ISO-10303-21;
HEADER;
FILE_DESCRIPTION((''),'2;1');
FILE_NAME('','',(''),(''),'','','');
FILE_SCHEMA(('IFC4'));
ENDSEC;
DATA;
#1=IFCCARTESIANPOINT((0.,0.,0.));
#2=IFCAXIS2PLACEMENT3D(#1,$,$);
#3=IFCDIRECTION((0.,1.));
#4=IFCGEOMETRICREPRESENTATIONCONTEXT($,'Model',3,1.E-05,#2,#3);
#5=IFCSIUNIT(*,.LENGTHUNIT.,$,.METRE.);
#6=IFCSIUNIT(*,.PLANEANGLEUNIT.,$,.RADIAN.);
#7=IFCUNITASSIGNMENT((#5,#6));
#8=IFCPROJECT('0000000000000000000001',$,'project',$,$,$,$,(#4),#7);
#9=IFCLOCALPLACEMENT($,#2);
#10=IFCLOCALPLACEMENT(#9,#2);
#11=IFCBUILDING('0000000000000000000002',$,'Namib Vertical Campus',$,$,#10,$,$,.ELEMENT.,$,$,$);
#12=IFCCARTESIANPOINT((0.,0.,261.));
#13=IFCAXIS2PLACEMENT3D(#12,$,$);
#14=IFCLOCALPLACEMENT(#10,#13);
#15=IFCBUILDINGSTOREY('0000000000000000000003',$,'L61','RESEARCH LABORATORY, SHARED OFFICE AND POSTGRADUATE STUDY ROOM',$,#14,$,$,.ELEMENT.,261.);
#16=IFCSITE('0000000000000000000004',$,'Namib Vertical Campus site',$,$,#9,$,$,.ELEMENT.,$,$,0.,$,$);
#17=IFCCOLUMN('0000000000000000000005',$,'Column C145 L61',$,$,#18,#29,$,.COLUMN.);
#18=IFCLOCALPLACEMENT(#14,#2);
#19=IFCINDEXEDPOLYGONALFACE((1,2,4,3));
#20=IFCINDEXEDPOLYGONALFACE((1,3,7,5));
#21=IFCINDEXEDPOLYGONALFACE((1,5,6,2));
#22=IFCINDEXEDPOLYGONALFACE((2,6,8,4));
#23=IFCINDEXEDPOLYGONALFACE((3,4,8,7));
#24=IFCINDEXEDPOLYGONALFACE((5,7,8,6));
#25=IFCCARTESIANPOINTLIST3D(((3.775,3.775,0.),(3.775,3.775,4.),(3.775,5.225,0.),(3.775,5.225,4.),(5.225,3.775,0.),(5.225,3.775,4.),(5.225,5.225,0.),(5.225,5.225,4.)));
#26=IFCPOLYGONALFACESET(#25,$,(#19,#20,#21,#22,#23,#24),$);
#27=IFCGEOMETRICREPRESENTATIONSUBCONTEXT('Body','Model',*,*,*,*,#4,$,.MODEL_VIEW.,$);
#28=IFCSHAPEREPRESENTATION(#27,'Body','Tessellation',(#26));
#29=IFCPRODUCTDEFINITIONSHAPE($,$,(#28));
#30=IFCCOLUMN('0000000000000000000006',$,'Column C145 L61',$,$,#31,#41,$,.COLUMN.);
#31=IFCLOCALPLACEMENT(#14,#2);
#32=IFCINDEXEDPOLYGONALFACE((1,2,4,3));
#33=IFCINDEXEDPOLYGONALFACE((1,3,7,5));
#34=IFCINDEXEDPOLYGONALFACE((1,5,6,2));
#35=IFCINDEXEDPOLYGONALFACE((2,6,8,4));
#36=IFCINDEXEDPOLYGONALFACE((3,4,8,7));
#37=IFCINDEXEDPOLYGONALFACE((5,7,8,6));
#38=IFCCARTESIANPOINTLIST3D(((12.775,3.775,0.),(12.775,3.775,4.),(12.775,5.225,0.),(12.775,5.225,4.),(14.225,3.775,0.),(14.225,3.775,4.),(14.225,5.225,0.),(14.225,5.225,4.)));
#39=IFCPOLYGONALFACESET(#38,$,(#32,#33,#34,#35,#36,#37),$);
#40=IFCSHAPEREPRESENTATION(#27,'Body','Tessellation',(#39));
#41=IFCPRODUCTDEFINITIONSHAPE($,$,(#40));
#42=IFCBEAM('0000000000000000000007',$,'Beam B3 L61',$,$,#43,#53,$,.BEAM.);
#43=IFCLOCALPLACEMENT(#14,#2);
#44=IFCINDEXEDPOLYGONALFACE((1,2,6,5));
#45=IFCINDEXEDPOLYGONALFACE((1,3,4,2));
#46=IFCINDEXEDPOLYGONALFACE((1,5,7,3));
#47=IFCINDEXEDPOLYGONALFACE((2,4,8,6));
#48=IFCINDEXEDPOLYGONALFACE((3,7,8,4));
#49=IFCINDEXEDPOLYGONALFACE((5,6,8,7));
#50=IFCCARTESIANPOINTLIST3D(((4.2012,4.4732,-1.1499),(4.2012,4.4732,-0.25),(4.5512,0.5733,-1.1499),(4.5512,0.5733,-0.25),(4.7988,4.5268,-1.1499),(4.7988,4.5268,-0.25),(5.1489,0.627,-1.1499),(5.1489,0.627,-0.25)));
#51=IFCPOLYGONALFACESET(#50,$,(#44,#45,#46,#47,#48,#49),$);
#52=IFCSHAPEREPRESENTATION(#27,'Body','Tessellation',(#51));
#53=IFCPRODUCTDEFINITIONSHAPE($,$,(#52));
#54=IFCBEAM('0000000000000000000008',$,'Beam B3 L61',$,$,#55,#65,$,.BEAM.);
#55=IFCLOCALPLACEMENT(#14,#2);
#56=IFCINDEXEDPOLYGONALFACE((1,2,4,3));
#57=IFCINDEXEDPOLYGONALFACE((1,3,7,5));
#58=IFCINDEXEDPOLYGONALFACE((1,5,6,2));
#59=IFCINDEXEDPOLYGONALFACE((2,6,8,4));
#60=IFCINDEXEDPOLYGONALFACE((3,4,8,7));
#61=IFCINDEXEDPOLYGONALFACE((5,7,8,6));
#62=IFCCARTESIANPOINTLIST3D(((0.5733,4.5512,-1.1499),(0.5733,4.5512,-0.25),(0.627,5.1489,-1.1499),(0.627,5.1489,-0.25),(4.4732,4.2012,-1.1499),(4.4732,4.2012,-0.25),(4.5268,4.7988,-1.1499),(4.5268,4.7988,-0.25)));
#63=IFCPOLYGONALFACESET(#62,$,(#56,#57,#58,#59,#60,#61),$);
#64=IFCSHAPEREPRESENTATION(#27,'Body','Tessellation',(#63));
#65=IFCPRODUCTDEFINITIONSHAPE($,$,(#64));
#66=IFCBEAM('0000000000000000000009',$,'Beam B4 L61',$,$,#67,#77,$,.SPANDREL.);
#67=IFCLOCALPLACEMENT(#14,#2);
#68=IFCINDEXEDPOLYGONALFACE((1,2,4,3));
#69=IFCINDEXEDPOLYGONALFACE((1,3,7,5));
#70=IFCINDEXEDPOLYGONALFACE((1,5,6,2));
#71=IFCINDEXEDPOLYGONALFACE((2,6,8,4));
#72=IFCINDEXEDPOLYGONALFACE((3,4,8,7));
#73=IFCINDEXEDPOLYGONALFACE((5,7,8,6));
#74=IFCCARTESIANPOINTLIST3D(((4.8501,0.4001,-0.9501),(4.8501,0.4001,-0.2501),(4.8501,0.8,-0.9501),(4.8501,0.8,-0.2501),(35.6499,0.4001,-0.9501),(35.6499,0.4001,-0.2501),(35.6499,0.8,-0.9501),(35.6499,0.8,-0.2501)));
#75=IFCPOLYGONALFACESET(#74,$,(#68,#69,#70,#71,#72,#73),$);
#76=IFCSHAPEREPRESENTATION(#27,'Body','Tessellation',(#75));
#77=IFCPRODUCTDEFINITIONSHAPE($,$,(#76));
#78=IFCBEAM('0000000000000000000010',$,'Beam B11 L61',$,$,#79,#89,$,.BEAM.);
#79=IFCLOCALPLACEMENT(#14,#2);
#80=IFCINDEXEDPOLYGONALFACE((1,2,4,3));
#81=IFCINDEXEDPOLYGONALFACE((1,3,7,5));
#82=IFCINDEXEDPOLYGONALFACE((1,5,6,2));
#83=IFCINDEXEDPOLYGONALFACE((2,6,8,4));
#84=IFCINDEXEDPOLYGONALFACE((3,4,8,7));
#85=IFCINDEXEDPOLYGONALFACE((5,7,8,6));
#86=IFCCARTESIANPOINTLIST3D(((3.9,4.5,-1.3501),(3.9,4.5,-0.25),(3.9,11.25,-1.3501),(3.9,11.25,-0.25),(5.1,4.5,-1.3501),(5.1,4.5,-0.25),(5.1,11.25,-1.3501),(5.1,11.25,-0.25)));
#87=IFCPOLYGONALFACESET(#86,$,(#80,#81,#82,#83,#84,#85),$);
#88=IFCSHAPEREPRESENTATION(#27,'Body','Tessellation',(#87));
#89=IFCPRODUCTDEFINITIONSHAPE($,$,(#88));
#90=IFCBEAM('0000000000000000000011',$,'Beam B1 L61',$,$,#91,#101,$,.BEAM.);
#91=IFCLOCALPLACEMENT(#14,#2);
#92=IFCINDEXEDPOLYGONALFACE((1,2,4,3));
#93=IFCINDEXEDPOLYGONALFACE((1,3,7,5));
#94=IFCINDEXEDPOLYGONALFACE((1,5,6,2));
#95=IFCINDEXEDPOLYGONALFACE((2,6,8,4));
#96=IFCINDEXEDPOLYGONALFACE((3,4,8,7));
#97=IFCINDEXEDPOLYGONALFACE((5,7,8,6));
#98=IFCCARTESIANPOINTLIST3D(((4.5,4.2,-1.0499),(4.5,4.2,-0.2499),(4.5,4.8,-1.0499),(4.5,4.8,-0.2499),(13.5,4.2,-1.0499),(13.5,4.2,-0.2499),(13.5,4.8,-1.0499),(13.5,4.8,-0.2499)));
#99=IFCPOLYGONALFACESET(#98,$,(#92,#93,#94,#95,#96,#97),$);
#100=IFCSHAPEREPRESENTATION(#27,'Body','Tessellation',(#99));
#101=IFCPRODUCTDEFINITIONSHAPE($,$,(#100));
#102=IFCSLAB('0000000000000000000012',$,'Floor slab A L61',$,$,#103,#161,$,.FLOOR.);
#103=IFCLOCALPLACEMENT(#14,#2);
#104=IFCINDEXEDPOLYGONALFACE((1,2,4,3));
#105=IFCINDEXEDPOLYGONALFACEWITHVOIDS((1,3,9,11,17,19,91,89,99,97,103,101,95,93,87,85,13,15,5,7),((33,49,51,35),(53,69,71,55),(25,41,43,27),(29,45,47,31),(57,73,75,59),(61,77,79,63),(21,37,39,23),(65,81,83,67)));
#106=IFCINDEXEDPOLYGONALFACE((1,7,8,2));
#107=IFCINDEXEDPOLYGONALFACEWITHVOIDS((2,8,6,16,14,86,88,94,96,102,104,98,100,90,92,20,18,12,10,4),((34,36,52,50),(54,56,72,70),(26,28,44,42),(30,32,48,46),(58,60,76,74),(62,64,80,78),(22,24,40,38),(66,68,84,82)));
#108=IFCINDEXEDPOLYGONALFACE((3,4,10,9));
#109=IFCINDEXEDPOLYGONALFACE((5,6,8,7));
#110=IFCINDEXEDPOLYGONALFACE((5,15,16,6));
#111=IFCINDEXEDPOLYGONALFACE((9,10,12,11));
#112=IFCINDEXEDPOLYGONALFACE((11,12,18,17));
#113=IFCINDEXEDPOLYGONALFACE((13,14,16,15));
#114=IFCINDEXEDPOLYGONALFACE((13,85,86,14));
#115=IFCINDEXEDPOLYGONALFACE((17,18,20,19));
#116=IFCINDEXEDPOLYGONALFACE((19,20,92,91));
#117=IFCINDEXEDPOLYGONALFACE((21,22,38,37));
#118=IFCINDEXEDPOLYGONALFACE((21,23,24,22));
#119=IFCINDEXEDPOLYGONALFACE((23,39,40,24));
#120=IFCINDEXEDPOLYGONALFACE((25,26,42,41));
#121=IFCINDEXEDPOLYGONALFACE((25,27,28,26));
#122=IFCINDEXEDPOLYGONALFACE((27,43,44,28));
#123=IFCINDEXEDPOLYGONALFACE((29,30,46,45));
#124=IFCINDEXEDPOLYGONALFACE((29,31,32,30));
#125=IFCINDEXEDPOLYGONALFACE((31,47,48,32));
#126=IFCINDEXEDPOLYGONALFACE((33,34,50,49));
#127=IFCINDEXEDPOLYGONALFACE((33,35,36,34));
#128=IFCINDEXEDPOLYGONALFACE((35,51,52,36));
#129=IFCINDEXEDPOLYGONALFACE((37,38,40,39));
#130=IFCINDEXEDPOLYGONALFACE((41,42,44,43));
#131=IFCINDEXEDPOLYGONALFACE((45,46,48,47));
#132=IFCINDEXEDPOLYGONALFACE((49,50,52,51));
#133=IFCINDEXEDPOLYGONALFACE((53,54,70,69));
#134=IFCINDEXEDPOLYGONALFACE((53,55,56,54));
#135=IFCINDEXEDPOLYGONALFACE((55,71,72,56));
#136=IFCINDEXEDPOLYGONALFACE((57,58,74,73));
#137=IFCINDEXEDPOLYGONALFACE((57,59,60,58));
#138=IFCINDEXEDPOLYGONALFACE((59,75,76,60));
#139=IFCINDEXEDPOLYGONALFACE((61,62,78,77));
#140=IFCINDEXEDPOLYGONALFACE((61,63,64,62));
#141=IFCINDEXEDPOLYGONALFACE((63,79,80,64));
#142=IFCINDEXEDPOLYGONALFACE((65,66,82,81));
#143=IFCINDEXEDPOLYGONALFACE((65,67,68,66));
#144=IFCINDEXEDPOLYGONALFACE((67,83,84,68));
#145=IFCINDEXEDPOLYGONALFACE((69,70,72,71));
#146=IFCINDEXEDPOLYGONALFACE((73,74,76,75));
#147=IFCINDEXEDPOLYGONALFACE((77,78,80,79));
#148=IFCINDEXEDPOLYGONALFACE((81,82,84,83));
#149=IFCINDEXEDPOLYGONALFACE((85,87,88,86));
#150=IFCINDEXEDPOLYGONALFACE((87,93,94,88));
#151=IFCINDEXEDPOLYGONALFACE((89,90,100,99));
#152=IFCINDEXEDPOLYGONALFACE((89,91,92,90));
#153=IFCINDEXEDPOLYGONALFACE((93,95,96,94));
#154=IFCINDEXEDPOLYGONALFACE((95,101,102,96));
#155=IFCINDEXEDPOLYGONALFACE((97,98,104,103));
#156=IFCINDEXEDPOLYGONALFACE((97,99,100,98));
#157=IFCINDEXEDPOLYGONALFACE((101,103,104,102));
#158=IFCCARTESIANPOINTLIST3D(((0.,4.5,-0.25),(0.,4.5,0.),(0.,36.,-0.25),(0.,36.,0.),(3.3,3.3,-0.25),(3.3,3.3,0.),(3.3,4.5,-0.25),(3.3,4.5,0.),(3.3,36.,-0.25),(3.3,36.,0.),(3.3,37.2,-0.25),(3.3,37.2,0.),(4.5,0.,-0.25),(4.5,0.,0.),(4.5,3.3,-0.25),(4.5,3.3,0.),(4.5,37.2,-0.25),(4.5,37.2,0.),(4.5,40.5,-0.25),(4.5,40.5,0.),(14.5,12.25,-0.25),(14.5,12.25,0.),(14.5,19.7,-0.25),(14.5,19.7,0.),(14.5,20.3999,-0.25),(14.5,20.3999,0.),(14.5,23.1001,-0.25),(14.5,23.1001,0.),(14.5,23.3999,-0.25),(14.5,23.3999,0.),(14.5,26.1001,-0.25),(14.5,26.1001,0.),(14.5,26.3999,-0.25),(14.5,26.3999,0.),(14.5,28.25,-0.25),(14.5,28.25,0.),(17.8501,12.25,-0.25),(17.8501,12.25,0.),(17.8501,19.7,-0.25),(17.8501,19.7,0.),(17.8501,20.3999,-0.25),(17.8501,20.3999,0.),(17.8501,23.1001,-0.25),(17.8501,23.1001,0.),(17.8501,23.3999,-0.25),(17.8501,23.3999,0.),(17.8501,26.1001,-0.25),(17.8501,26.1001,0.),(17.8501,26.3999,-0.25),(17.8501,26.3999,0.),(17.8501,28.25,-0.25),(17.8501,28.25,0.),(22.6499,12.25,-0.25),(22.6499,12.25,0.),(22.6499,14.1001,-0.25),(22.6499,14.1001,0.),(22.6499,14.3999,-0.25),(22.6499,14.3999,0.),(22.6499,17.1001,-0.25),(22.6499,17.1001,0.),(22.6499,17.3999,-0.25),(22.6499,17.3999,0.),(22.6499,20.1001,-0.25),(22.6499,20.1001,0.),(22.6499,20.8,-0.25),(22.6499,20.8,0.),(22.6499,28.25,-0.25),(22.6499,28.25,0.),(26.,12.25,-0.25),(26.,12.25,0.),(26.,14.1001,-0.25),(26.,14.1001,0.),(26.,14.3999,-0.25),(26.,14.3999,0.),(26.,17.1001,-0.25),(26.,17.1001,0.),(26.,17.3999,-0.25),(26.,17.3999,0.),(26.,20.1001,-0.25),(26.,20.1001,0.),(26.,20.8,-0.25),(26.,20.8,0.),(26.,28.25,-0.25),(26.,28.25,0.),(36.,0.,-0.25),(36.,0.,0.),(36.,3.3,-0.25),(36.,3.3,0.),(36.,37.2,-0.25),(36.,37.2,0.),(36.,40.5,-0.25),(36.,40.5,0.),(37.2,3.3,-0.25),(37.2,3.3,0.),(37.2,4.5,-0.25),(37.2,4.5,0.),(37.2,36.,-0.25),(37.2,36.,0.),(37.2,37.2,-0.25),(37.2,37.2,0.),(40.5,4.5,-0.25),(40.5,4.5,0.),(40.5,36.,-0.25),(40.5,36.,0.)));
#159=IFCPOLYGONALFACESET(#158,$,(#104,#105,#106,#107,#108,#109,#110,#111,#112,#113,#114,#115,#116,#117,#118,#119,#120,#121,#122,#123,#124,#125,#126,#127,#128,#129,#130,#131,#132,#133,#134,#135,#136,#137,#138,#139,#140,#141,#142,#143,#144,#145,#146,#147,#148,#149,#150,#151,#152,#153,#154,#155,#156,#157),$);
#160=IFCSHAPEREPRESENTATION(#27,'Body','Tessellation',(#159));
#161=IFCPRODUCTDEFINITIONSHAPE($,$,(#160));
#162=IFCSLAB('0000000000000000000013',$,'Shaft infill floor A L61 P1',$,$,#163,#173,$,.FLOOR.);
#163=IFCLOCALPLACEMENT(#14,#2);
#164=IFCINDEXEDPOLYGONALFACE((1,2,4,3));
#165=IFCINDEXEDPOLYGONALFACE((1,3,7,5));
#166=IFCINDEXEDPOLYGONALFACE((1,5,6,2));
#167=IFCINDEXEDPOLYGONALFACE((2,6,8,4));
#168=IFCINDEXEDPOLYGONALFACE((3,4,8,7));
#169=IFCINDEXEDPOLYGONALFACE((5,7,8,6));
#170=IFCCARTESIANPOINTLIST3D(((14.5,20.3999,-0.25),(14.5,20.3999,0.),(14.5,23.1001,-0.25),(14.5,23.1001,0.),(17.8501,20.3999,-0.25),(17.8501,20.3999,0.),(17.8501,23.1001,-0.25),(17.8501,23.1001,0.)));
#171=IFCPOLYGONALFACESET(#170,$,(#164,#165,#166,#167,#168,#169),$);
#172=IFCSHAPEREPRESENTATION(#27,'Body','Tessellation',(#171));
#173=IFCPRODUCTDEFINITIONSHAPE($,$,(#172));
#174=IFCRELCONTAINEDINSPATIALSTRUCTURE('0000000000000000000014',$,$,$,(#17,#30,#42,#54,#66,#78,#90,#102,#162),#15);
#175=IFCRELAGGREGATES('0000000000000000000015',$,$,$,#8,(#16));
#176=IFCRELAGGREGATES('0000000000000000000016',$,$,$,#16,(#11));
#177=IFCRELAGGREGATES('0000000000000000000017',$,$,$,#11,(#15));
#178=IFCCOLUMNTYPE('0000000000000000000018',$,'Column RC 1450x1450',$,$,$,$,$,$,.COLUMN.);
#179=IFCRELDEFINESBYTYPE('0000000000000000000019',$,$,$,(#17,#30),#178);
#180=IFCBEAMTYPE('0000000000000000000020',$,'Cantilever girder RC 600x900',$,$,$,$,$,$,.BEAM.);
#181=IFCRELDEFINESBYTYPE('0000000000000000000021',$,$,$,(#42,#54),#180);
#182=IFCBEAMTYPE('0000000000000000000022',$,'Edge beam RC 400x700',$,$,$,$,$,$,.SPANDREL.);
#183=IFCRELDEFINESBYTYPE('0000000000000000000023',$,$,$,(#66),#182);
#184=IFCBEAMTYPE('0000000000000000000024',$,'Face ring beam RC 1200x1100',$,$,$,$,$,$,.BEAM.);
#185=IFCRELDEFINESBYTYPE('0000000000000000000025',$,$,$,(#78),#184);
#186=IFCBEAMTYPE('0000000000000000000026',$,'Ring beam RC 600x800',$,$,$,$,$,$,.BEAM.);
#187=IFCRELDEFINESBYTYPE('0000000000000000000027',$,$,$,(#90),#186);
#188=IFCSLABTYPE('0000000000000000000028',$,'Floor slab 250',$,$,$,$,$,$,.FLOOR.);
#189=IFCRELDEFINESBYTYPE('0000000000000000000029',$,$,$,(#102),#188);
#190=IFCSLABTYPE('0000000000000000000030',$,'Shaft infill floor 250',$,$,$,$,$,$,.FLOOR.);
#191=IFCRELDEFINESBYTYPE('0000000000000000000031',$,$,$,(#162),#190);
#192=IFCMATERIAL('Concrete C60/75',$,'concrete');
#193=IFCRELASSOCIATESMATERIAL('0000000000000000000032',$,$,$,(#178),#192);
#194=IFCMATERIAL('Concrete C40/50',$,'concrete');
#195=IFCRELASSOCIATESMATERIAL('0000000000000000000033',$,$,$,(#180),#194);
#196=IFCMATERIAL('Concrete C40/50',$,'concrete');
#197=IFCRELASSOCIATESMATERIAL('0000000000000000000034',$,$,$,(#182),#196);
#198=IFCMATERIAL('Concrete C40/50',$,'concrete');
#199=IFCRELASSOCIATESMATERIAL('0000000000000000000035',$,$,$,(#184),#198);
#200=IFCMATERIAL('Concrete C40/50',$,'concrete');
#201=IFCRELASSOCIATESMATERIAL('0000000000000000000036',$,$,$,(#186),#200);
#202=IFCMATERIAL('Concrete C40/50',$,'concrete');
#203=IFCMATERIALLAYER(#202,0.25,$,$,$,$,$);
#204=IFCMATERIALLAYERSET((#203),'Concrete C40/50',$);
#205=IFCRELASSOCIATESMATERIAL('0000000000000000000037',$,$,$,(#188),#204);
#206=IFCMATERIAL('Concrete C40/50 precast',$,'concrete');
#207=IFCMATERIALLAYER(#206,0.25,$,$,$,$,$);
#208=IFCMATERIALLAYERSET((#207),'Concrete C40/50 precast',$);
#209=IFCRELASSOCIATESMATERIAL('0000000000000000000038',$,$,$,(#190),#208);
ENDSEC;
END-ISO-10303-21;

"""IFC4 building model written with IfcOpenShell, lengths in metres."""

from ifc_helpers import new_model, si_unit, direction, frame, origin, origin_2d, place, context, subcontext, project, spatial, polyline, rectangle, outline, extrude, material, layer, layer_set, material_profile, profile_set, type_object, element, save


model = new_model("IFC4")

# Units and contexts
model_context = context("Model", 3, precision=1e-05, world=origin(), true_north=direction((0.0, 1.0)))
body_context = subcontext(model_context, "Body", "Model", "MODEL_VIEW")
ifc_project = project(units=[si_unit("LENGTHUNIT", "METRE"), si_unit("PLANEANGLEUNIT", "RADIAN")], contexts=[model_context])

# Site, building, storey
site_placement = place(None, origin())
site = spatial("IfcSite", under=ifc_project, at=site_placement, Name="Namib Vertical Campus site", CompositionType="ELEMENT", RefElevation=0.0)
building_placement = place(site_placement, origin())
building = spatial("IfcBuilding", under=site, at=building_placement, Name="Namib Vertical Campus", CompositionType="ELEMENT")
storey_placement = place(building_placement, frame((0.0, 0.0, 261.0)))
storey = spatial("IfcBuildingStorey", under=building, at=storey_placement, Name="L61", Description="RESEARCH LABORATORY, SHARED OFFICE AND POSTGRADUATE STUDY ROOM", CompositionType="ELEMENT", Elevation=261.0)

# Columns
ifc_material_1 = material(Name="Concrete C60/75", Category="concrete")
ifc_material_profile_1 = material_profile(ifc_material_1, rectangle(XDim=1.45, YDim=1.45, at=origin_2d()))
ifc_profile_set_1 = profile_set([ifc_material_profile_1], Name="Concrete C60/75")
column_type = type_object("IfcColumnType", Name="Column RC 1450x1450", PredefinedType="COLUMN", material=ifc_profile_set_1)
for number, where, z_axis, x_axis, name in (
    (1, (4.5, 4.5, 0.0), (0.0, 0.0, 1.0), (1.0, 0.0, 0.0), "Column C145 L61"),
    (2, (13.5, 4.5, 0.0), (0.0, 0.0, 1.0), (1.0, 0.0, 0.0), "Column C145 L61"),
):
    element("IfcColumn", number, at=place(storey_placement, frame(where, z_axis=z_axis, x_axis=x_axis)), inside=storey, type_object=column_type, Name=name, PredefinedType="COLUMN", context=body_context, shape_type="SweptSolid", body=[
        extrude(rectangle(XDim=1.45, YDim=1.45, at=origin_2d()), origin(), (0.0, 0.0, 1.0), 4.0),
    ])

# Beams
ifc_material_2 = material(Name="Concrete C40/50", Category="concrete")
ifc_material_profile_2 = material_profile(ifc_material_2, rectangle(XDim=0.6001, YDim=0.8999, at=origin_2d()))
ifc_profile_set_2 = profile_set([ifc_material_profile_2], Name="Concrete C40/50")
beam_type_1 = type_object("IfcBeamType", Name="Cantilever girder RC 600x900", PredefinedType="BEAM", material=ifc_profile_set_2)
for number, where, z_axis, x_axis, name in (
    (3, (4.5, 4.5, -0.7), (0.089411, -0.995995, 0.0), (0.995995, 0.089411, 0.0), "Beam B3 L61"),
    (4, (4.5, 4.5, -0.7), (-0.995995, 0.089411, 0.0), (-0.089411, -0.995995, 0.0), "Beam B3 L61"),
):
    element("IfcBeam", number, at=place(storey_placement, frame(where, z_axis=z_axis, x_axis=x_axis)), inside=storey, type_object=beam_type_1, Name=name, PredefinedType="BEAM", context=body_context, shape_type="SweptSolid", body=[
        extrude(rectangle(XDim=0.6001, YDim=0.8999, at=origin_2d()), origin(), (0.0, 0.0, 1.0), 3.9155),
    ])
ifc_material_3 = material(Name="Concrete C40/50", Category="concrete")
ifc_material_profile_3 = material_profile(ifc_material_3, rectangle(XDim=0.3999, YDim=0.7, at=origin_2d()))
ifc_profile_set_3 = profile_set([ifc_material_profile_3], Name="Concrete C40/50")
beam_type_2 = type_object("IfcBeamType", Name="Edge beam RC 400x700", PredefinedType="SPANDREL", material=ifc_profile_set_3)
beam_1_placement = place(storey_placement, frame((4.8501, 0.6001, -0.6001), z_axis=(1.0, 0.0, 0.0), x_axis=(0.0, 1.0, 0.0)))
element("IfcBeam", 5, at=beam_1_placement, inside=storey, type_object=beam_type_2, Name="Beam B4 L61", PredefinedType="SPANDREL", context=body_context, shape_type="SweptSolid", body=[
    extrude(rectangle(XDim=0.3999, YDim=0.7, at=origin_2d()), origin(), (0.0, 0.0, 1.0), 30.7998),
])
ifc_material_4 = material(Name="Concrete C40/50", Category="concrete")
ifc_material_profile_4 = material_profile(ifc_material_4, rectangle(XDim=1.2, YDim=1.1001, at=origin_2d()))
ifc_profile_set_4 = profile_set([ifc_material_profile_4], Name="Concrete C40/50")
beam_type_3 = type_object("IfcBeamType", Name="Face ring beam RC 1200x1100", PredefinedType="BEAM", material=ifc_profile_set_4)
beam_2_placement = place(storey_placement, frame((4.5, 4.5, -0.8), z_axis=(0.0, 1.0, 0.0), x_axis=(-1.0, 0.0, 0.0)))
element("IfcBeam", 6, at=beam_2_placement, inside=storey, type_object=beam_type_3, Name="Beam B11 L61", PredefinedType="BEAM", context=body_context, shape_type="SweptSolid", body=[
    extrude(rectangle(XDim=1.2, YDim=1.1001, at=origin_2d()), origin(), (0.0, 0.0, 1.0), 6.75),
])
ifc_material_5 = material(Name="Concrete C40/50", Category="concrete")
ifc_material_profile_5 = material_profile(ifc_material_5, rectangle(XDim=0.6001, YDim=0.8, at=origin_2d()))
ifc_profile_set_5 = profile_set([ifc_material_profile_5], Name="Concrete C40/50")
beam_type_4 = type_object("IfcBeamType", Name="Ring beam RC 600x800", PredefinedType="BEAM", material=ifc_profile_set_5)
beam_3_placement = place(storey_placement, frame((4.5, 4.5, -0.6499), z_axis=(1.0, 0.0, 0.0), x_axis=(0.0, 1.0, 0.0)))
element("IfcBeam", 7, at=beam_3_placement, inside=storey, type_object=beam_type_4, Name="Beam B1 L61", PredefinedType="BEAM", context=body_context, shape_type="SweptSolid", body=[
    extrude(rectangle(XDim=0.6001, YDim=0.8, at=origin_2d()), origin(), (0.0, 0.0, 1.0), 9.0),
])

# Slabs
ifc_material_6 = material(Name="Concrete C40/50", Category="concrete")
ifc_layer_1 = layer(ifc_material_6, 0.25)
ifc_layer_set_1 = layer_set([ifc_layer_1], Name="Concrete C40/50")
slab_type_1 = type_object("IfcSlabType", Name="Floor slab 250", PredefinedType="FLOOR", material=ifc_layer_set_1)
slab_1_placement = place(storey_placement, frame((0.0, 0.0, -0.25)))
element("IfcSlab", 8, at=slab_1_placement, inside=storey, type_object=slab_type_1, Name="Floor slab A L61", PredefinedType="FLOOR", context=body_context, shape_type="SweptSolid", body=[
    extrude(outline(polyline([(4.5, 0.0), (36.0, 0.0), (36.0, 3.3), (37.2, 3.3), (37.2, 4.5), (40.5, 4.5), (40.5, 36.0), (37.2, 36.0), (37.2, 37.2), (36.0, 37.2), (36.0, 40.5), (4.5, 40.5), (4.5, 37.2), (3.3, 37.2), (3.3, 36.0), (0.0, 36.0), (0.0, 4.5), (3.3, 4.5), (3.3, 3.3), (4.5, 3.3), (4.5, 0.0)]), holes=[polyline([(14.5, 12.25), (17.8501, 12.25), (17.8501, 19.7), (14.5, 19.7), (14.5, 12.25)]), polyline([(22.6499, 20.8), (26.0, 20.8), (26.0, 28.25), (22.6499, 28.25), (22.6499, 20.8)]), polyline([(22.6499, 12.25), (26.0, 12.25), (26.0, 14.1001), (22.6499, 14.1001), (22.6499, 12.25)]), polyline([(14.5, 20.3999), (17.8501, 20.3999), (17.8501, 23.1001), (14.5, 23.1001), (14.5, 20.3999)]), polyline([(14.5, 23.3999), (17.8501, 23.3999), (17.8501, 26.1001), (14.5, 26.1001), (14.5, 23.3999)]), polyline([(14.5, 26.3999), (17.8501, 26.3999), (17.8501, 28.25), (14.5, 28.25), (14.5, 26.3999)]), polyline([(22.6499, 14.3999), (26.0, 14.3999), (26.0, 17.1001), (22.6499, 17.1001), (22.6499, 14.3999)]), polyline([(22.6499, 17.3999), (26.0, 17.3999), (26.0, 20.1001), (22.6499, 20.1001), (22.6499, 17.3999)])]), origin(), (0.0, 0.0, 1.0), 0.25),
])
ifc_material_7 = material(Name="Concrete C40/50 precast", Category="concrete")
ifc_layer_2 = layer(ifc_material_7, 0.25)
ifc_layer_set_2 = layer_set([ifc_layer_2], Name="Concrete C40/50 precast")
slab_type_2 = type_object("IfcSlabType", Name="Shaft infill floor 250", PredefinedType="FLOOR", material=ifc_layer_set_2)
slab_2_placement = place(storey_placement, frame((0.0, 0.0, -0.25)))
element("IfcSlab", 9, at=slab_2_placement, inside=storey, type_object=slab_type_2, Name="Shaft infill floor A L61 P1", PredefinedType="FLOOR", context=body_context, shape_type="SweptSolid", body=[
    extrude(outline(polyline([(14.5, 20.3999), (17.8501, 20.3999), (17.8501, 23.1001), (14.5, 23.1001), (14.5, 20.3999)])), origin(), (0.0, 0.0, 1.0), 0.25),
])

save(model, "model.ifc")
